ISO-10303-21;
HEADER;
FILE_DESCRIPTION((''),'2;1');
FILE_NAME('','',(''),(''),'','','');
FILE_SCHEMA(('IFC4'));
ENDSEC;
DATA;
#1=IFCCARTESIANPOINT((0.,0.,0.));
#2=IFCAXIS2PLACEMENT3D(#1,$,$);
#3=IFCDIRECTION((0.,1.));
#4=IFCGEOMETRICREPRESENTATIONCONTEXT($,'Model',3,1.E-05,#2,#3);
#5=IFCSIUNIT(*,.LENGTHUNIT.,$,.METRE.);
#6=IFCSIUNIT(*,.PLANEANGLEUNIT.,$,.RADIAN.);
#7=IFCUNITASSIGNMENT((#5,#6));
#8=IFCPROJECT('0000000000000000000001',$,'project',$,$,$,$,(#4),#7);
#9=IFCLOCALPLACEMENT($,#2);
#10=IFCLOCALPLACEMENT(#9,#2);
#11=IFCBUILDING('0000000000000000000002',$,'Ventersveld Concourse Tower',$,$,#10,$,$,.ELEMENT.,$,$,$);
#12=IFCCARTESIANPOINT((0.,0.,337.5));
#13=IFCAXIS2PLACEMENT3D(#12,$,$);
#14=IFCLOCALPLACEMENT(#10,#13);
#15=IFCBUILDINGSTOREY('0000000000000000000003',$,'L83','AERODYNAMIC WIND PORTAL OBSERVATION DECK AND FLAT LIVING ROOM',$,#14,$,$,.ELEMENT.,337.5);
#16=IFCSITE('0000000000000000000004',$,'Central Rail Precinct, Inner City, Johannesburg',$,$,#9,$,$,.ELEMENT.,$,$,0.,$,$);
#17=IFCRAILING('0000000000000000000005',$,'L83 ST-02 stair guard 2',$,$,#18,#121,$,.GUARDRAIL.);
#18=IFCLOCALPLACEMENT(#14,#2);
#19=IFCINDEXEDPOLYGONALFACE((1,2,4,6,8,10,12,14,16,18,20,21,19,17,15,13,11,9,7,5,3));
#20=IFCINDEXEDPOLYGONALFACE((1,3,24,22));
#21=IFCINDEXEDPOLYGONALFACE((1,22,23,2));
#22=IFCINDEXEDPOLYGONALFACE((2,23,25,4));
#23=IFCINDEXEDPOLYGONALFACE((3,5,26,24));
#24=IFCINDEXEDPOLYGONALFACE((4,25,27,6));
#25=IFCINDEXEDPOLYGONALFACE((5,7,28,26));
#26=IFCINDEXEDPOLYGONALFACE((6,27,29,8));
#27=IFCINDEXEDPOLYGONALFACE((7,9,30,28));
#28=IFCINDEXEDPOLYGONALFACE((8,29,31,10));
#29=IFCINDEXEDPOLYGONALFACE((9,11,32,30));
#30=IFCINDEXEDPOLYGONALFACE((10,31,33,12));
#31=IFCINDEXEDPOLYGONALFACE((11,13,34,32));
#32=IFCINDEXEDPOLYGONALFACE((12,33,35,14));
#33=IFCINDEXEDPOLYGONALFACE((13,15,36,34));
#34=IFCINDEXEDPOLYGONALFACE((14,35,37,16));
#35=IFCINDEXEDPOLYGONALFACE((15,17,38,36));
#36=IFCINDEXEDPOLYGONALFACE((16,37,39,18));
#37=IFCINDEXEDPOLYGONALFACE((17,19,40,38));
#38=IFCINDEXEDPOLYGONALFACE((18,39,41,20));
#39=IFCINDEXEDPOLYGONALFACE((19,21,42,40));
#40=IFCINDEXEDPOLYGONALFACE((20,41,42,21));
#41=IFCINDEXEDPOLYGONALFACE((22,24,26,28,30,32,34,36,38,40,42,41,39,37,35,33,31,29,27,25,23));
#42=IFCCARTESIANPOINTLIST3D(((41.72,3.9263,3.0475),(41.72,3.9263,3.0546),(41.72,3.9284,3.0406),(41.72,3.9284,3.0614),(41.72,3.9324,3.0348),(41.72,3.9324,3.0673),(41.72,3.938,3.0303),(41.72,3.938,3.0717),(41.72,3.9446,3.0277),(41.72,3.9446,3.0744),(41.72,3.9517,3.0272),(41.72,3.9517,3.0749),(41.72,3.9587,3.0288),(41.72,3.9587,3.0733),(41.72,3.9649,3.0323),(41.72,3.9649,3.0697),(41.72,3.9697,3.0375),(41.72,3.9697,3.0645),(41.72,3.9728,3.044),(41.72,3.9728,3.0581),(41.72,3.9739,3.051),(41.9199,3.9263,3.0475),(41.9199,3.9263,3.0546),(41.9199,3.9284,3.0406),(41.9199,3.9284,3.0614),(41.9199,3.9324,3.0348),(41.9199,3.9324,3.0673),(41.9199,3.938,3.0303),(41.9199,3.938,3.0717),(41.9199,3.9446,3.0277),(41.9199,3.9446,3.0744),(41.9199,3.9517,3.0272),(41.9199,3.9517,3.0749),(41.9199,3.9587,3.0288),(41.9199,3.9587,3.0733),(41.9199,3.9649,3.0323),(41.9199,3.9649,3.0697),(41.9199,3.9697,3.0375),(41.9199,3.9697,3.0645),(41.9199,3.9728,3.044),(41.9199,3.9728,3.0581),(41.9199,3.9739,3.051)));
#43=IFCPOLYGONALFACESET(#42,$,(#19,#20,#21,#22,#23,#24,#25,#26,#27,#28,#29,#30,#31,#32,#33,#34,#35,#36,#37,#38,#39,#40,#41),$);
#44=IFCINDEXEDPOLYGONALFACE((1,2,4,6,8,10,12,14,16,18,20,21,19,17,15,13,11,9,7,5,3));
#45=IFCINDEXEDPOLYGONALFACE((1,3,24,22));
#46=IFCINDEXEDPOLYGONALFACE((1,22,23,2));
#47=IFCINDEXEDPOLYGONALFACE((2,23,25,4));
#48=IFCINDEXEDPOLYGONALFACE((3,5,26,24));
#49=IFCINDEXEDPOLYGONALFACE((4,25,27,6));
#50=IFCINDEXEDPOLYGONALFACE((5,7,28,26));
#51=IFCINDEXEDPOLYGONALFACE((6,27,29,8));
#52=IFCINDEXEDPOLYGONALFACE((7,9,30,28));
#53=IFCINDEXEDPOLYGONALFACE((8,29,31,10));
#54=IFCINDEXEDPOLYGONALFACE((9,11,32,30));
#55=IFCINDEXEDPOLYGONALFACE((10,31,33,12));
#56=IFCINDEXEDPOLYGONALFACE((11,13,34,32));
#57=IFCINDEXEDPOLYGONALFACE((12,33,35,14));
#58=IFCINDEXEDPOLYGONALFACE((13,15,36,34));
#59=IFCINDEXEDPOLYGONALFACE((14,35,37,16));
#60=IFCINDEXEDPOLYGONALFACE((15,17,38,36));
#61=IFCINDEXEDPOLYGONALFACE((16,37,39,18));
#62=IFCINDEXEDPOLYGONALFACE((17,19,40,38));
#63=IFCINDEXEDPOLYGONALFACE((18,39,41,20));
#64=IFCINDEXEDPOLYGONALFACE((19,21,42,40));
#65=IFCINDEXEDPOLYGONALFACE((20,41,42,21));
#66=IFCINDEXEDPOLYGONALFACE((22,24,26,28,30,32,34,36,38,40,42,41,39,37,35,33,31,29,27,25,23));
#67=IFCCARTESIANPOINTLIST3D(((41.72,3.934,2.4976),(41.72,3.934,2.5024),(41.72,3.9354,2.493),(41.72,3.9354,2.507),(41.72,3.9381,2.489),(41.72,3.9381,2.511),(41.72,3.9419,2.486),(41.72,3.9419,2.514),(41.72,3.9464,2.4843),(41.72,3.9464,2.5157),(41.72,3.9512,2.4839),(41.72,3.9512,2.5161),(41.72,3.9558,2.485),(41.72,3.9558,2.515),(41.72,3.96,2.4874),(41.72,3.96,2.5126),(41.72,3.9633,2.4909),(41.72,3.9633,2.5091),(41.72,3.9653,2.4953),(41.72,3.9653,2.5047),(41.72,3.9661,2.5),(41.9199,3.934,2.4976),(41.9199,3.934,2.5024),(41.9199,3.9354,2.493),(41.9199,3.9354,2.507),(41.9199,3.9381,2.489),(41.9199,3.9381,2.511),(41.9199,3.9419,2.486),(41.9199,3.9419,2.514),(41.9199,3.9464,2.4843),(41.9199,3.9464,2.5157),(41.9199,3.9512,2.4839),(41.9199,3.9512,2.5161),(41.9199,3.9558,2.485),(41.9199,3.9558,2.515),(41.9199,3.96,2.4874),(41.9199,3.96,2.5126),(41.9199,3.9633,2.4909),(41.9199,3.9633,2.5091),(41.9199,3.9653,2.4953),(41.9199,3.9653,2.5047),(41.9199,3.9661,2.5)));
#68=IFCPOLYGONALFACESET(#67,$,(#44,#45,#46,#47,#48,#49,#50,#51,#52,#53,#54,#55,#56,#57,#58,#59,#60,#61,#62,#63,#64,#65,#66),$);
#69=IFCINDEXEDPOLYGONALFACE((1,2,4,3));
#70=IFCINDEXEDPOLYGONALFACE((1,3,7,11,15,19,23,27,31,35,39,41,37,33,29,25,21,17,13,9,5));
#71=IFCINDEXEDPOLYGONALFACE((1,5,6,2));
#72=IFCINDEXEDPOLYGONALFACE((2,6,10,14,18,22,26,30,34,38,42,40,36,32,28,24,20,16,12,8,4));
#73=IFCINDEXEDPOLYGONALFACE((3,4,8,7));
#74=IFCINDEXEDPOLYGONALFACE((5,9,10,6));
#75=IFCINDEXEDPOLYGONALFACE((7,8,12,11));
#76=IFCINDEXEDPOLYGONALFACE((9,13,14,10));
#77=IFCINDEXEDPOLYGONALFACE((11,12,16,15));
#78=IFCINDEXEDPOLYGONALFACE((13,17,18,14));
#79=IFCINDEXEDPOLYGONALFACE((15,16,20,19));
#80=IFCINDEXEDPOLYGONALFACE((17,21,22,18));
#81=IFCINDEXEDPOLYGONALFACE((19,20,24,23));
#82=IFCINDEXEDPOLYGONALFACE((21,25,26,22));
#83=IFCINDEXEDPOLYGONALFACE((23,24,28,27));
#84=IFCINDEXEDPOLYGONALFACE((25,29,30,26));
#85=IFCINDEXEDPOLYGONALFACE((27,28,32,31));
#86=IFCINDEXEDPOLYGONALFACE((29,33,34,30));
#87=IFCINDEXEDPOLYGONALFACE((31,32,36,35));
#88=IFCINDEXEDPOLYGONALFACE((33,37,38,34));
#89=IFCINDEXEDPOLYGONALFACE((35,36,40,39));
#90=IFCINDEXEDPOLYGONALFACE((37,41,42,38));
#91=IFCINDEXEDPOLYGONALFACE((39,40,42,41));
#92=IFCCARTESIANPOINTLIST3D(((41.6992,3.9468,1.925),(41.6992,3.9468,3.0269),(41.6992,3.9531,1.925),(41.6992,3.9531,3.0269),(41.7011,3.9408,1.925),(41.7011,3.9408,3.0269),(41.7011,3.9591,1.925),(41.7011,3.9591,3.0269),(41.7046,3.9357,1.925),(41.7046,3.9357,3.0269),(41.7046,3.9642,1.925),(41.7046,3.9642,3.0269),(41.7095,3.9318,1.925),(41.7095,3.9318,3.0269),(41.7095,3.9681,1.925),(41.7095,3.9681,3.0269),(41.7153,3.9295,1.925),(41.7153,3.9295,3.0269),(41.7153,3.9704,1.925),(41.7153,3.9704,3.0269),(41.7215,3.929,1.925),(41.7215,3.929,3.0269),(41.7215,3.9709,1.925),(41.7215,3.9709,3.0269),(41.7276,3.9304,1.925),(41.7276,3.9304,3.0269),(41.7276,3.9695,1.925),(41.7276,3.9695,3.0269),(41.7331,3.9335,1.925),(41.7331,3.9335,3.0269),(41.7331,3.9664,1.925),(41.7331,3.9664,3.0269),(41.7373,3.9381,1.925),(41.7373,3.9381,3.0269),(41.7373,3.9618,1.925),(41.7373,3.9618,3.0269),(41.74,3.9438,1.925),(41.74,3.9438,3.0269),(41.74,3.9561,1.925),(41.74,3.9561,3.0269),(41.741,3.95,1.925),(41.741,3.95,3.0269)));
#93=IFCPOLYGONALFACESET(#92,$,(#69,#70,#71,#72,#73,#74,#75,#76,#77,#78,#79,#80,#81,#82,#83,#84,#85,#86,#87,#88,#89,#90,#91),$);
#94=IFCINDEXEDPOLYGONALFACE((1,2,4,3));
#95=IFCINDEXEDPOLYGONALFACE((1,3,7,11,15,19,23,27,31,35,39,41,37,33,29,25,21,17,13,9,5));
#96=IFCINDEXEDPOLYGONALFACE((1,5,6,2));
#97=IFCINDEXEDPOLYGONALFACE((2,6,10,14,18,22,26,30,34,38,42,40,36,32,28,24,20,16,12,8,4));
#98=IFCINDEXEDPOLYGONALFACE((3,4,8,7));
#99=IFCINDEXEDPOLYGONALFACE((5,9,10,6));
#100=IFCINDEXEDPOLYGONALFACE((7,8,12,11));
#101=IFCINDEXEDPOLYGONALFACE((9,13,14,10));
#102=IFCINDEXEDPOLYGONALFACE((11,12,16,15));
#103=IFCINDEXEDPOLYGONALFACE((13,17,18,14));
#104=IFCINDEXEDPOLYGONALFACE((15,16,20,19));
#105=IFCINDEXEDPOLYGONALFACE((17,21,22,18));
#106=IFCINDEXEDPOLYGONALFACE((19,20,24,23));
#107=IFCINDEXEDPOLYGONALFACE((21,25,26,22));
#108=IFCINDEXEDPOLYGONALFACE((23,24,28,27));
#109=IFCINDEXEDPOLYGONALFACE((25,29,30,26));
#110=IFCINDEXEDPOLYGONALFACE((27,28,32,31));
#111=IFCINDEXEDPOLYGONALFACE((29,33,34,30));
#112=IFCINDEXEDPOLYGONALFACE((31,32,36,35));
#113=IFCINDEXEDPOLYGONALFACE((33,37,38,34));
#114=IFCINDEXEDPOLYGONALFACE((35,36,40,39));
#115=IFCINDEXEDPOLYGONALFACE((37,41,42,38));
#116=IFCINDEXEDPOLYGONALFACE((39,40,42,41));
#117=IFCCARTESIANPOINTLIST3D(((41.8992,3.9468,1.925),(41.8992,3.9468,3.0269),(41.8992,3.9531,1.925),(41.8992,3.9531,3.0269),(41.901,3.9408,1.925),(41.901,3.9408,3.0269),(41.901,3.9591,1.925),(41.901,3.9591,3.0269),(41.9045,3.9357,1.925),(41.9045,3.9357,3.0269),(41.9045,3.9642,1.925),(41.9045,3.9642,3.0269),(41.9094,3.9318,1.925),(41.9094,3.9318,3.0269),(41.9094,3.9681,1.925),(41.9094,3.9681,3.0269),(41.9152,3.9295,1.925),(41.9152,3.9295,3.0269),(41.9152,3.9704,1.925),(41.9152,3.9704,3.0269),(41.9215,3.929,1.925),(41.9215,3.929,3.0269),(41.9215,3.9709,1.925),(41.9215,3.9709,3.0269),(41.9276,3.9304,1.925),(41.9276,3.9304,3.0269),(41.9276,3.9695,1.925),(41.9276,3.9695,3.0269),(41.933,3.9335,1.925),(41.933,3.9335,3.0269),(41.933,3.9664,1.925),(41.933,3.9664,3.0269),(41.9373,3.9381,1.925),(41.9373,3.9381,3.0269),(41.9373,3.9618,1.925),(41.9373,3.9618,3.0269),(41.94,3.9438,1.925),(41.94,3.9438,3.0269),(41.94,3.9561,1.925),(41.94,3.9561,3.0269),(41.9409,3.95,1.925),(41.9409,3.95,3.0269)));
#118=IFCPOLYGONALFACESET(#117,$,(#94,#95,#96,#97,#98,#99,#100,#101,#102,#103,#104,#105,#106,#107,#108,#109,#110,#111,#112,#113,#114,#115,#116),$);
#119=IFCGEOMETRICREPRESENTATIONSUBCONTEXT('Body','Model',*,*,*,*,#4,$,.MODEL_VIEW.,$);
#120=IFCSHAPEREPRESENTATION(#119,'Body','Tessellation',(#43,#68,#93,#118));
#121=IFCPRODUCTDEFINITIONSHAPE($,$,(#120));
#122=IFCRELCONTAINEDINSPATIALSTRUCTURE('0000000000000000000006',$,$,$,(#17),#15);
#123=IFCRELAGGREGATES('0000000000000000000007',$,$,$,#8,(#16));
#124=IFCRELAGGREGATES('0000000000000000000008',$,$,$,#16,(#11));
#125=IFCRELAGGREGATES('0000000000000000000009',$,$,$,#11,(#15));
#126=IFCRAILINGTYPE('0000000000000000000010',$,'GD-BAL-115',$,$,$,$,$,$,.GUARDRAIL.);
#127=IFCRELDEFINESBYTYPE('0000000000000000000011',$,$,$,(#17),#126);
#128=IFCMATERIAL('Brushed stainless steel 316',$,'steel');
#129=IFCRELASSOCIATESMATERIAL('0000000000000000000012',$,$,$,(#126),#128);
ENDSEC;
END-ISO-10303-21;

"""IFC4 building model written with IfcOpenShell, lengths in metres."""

from ifc_helpers import new_model, si_unit, direction, frame, origin, origin_2d, place, context, subcontext, project, spatial, circle, extrude, material, type_object, element, save


model = new_model("IFC4")

# Units and contexts
model_context = context("Model", 3, precision=1e-05, world=origin(), true_north=direction((0.0, 1.0)))
body_context = subcontext(model_context, "Body", "Model", "MODEL_VIEW")
ifc_project = project(units=[si_unit("LENGTHUNIT", "METRE"), si_unit("PLANEANGLEUNIT", "RADIAN")], contexts=[model_context])

# Site, building, storey
site_placement = place(None, origin())
site = spatial("IfcSite", under=ifc_project, at=site_placement, Name="Central Rail Precinct, Inner City, Johannesburg", CompositionType="ELEMENT", RefElevation=0.0)
building_placement = place(site_placement, origin())
building = spatial("IfcBuilding", under=site, at=building_placement, Name="Ventersveld Concourse Tower", CompositionType="ELEMENT")
storey_placement = place(building_placement, frame((0.0, 0.0, 337.5)))
storey = spatial("IfcBuildingStorey", under=building, at=storey_placement, Name="L83", Description="AERODYNAMIC WIND PORTAL OBSERVATION DECK AND FLAT LIVING ROOM", CompositionType="ELEMENT", Elevation=337.5)

# Railing
ifc_material_1 = material(Name="Brushed stainless steel 316", Category="steel")
railing_type_1 = type_object("IfcRailingType", Name="GD-BAL-115", PredefinedType="GUARDRAIL", material=ifc_material_1)
railing_1_placement = place(storey_placement, frame((41.72, 3.95, 1.925)))
element("IfcRailing", 1, at=railing_1_placement, inside=storey, type_object=railing_type_1, Name="L83 ST-02 stair guard 2", PredefinedType="GUARDRAIL", context=body_context, shape_type="SweptSolid", body=[
    extrude(circle(Radius=0.0239, at=origin_2d()), frame((0.0, 0.0, 1.126), z_axis=(1.0, 0.0, 0.0), x_axis=(0.0, 1.0, 0.0)), (0.0, 0.0, 1.0), 0.2),
    extrude(circle(Radius=0.0161, at=origin_2d()), frame((0.0, 0.0, 0.575), z_axis=(1.0, 0.0, 0.0), x_axis=(0.0, 1.0, 0.0)), (0.0, 0.0, 1.0), 0.2),
    extrude(circle(Radius=0.021, at=origin_2d()), origin(), (0.0, 0.0, 1.0), 1.1018),
    extrude(circle(Radius=0.021, at=origin_2d()), frame((0.2, 0.0, 0.0)), (0.0, 0.0, 1.0), 1.1018),
])

save(model, "model.ifc")
